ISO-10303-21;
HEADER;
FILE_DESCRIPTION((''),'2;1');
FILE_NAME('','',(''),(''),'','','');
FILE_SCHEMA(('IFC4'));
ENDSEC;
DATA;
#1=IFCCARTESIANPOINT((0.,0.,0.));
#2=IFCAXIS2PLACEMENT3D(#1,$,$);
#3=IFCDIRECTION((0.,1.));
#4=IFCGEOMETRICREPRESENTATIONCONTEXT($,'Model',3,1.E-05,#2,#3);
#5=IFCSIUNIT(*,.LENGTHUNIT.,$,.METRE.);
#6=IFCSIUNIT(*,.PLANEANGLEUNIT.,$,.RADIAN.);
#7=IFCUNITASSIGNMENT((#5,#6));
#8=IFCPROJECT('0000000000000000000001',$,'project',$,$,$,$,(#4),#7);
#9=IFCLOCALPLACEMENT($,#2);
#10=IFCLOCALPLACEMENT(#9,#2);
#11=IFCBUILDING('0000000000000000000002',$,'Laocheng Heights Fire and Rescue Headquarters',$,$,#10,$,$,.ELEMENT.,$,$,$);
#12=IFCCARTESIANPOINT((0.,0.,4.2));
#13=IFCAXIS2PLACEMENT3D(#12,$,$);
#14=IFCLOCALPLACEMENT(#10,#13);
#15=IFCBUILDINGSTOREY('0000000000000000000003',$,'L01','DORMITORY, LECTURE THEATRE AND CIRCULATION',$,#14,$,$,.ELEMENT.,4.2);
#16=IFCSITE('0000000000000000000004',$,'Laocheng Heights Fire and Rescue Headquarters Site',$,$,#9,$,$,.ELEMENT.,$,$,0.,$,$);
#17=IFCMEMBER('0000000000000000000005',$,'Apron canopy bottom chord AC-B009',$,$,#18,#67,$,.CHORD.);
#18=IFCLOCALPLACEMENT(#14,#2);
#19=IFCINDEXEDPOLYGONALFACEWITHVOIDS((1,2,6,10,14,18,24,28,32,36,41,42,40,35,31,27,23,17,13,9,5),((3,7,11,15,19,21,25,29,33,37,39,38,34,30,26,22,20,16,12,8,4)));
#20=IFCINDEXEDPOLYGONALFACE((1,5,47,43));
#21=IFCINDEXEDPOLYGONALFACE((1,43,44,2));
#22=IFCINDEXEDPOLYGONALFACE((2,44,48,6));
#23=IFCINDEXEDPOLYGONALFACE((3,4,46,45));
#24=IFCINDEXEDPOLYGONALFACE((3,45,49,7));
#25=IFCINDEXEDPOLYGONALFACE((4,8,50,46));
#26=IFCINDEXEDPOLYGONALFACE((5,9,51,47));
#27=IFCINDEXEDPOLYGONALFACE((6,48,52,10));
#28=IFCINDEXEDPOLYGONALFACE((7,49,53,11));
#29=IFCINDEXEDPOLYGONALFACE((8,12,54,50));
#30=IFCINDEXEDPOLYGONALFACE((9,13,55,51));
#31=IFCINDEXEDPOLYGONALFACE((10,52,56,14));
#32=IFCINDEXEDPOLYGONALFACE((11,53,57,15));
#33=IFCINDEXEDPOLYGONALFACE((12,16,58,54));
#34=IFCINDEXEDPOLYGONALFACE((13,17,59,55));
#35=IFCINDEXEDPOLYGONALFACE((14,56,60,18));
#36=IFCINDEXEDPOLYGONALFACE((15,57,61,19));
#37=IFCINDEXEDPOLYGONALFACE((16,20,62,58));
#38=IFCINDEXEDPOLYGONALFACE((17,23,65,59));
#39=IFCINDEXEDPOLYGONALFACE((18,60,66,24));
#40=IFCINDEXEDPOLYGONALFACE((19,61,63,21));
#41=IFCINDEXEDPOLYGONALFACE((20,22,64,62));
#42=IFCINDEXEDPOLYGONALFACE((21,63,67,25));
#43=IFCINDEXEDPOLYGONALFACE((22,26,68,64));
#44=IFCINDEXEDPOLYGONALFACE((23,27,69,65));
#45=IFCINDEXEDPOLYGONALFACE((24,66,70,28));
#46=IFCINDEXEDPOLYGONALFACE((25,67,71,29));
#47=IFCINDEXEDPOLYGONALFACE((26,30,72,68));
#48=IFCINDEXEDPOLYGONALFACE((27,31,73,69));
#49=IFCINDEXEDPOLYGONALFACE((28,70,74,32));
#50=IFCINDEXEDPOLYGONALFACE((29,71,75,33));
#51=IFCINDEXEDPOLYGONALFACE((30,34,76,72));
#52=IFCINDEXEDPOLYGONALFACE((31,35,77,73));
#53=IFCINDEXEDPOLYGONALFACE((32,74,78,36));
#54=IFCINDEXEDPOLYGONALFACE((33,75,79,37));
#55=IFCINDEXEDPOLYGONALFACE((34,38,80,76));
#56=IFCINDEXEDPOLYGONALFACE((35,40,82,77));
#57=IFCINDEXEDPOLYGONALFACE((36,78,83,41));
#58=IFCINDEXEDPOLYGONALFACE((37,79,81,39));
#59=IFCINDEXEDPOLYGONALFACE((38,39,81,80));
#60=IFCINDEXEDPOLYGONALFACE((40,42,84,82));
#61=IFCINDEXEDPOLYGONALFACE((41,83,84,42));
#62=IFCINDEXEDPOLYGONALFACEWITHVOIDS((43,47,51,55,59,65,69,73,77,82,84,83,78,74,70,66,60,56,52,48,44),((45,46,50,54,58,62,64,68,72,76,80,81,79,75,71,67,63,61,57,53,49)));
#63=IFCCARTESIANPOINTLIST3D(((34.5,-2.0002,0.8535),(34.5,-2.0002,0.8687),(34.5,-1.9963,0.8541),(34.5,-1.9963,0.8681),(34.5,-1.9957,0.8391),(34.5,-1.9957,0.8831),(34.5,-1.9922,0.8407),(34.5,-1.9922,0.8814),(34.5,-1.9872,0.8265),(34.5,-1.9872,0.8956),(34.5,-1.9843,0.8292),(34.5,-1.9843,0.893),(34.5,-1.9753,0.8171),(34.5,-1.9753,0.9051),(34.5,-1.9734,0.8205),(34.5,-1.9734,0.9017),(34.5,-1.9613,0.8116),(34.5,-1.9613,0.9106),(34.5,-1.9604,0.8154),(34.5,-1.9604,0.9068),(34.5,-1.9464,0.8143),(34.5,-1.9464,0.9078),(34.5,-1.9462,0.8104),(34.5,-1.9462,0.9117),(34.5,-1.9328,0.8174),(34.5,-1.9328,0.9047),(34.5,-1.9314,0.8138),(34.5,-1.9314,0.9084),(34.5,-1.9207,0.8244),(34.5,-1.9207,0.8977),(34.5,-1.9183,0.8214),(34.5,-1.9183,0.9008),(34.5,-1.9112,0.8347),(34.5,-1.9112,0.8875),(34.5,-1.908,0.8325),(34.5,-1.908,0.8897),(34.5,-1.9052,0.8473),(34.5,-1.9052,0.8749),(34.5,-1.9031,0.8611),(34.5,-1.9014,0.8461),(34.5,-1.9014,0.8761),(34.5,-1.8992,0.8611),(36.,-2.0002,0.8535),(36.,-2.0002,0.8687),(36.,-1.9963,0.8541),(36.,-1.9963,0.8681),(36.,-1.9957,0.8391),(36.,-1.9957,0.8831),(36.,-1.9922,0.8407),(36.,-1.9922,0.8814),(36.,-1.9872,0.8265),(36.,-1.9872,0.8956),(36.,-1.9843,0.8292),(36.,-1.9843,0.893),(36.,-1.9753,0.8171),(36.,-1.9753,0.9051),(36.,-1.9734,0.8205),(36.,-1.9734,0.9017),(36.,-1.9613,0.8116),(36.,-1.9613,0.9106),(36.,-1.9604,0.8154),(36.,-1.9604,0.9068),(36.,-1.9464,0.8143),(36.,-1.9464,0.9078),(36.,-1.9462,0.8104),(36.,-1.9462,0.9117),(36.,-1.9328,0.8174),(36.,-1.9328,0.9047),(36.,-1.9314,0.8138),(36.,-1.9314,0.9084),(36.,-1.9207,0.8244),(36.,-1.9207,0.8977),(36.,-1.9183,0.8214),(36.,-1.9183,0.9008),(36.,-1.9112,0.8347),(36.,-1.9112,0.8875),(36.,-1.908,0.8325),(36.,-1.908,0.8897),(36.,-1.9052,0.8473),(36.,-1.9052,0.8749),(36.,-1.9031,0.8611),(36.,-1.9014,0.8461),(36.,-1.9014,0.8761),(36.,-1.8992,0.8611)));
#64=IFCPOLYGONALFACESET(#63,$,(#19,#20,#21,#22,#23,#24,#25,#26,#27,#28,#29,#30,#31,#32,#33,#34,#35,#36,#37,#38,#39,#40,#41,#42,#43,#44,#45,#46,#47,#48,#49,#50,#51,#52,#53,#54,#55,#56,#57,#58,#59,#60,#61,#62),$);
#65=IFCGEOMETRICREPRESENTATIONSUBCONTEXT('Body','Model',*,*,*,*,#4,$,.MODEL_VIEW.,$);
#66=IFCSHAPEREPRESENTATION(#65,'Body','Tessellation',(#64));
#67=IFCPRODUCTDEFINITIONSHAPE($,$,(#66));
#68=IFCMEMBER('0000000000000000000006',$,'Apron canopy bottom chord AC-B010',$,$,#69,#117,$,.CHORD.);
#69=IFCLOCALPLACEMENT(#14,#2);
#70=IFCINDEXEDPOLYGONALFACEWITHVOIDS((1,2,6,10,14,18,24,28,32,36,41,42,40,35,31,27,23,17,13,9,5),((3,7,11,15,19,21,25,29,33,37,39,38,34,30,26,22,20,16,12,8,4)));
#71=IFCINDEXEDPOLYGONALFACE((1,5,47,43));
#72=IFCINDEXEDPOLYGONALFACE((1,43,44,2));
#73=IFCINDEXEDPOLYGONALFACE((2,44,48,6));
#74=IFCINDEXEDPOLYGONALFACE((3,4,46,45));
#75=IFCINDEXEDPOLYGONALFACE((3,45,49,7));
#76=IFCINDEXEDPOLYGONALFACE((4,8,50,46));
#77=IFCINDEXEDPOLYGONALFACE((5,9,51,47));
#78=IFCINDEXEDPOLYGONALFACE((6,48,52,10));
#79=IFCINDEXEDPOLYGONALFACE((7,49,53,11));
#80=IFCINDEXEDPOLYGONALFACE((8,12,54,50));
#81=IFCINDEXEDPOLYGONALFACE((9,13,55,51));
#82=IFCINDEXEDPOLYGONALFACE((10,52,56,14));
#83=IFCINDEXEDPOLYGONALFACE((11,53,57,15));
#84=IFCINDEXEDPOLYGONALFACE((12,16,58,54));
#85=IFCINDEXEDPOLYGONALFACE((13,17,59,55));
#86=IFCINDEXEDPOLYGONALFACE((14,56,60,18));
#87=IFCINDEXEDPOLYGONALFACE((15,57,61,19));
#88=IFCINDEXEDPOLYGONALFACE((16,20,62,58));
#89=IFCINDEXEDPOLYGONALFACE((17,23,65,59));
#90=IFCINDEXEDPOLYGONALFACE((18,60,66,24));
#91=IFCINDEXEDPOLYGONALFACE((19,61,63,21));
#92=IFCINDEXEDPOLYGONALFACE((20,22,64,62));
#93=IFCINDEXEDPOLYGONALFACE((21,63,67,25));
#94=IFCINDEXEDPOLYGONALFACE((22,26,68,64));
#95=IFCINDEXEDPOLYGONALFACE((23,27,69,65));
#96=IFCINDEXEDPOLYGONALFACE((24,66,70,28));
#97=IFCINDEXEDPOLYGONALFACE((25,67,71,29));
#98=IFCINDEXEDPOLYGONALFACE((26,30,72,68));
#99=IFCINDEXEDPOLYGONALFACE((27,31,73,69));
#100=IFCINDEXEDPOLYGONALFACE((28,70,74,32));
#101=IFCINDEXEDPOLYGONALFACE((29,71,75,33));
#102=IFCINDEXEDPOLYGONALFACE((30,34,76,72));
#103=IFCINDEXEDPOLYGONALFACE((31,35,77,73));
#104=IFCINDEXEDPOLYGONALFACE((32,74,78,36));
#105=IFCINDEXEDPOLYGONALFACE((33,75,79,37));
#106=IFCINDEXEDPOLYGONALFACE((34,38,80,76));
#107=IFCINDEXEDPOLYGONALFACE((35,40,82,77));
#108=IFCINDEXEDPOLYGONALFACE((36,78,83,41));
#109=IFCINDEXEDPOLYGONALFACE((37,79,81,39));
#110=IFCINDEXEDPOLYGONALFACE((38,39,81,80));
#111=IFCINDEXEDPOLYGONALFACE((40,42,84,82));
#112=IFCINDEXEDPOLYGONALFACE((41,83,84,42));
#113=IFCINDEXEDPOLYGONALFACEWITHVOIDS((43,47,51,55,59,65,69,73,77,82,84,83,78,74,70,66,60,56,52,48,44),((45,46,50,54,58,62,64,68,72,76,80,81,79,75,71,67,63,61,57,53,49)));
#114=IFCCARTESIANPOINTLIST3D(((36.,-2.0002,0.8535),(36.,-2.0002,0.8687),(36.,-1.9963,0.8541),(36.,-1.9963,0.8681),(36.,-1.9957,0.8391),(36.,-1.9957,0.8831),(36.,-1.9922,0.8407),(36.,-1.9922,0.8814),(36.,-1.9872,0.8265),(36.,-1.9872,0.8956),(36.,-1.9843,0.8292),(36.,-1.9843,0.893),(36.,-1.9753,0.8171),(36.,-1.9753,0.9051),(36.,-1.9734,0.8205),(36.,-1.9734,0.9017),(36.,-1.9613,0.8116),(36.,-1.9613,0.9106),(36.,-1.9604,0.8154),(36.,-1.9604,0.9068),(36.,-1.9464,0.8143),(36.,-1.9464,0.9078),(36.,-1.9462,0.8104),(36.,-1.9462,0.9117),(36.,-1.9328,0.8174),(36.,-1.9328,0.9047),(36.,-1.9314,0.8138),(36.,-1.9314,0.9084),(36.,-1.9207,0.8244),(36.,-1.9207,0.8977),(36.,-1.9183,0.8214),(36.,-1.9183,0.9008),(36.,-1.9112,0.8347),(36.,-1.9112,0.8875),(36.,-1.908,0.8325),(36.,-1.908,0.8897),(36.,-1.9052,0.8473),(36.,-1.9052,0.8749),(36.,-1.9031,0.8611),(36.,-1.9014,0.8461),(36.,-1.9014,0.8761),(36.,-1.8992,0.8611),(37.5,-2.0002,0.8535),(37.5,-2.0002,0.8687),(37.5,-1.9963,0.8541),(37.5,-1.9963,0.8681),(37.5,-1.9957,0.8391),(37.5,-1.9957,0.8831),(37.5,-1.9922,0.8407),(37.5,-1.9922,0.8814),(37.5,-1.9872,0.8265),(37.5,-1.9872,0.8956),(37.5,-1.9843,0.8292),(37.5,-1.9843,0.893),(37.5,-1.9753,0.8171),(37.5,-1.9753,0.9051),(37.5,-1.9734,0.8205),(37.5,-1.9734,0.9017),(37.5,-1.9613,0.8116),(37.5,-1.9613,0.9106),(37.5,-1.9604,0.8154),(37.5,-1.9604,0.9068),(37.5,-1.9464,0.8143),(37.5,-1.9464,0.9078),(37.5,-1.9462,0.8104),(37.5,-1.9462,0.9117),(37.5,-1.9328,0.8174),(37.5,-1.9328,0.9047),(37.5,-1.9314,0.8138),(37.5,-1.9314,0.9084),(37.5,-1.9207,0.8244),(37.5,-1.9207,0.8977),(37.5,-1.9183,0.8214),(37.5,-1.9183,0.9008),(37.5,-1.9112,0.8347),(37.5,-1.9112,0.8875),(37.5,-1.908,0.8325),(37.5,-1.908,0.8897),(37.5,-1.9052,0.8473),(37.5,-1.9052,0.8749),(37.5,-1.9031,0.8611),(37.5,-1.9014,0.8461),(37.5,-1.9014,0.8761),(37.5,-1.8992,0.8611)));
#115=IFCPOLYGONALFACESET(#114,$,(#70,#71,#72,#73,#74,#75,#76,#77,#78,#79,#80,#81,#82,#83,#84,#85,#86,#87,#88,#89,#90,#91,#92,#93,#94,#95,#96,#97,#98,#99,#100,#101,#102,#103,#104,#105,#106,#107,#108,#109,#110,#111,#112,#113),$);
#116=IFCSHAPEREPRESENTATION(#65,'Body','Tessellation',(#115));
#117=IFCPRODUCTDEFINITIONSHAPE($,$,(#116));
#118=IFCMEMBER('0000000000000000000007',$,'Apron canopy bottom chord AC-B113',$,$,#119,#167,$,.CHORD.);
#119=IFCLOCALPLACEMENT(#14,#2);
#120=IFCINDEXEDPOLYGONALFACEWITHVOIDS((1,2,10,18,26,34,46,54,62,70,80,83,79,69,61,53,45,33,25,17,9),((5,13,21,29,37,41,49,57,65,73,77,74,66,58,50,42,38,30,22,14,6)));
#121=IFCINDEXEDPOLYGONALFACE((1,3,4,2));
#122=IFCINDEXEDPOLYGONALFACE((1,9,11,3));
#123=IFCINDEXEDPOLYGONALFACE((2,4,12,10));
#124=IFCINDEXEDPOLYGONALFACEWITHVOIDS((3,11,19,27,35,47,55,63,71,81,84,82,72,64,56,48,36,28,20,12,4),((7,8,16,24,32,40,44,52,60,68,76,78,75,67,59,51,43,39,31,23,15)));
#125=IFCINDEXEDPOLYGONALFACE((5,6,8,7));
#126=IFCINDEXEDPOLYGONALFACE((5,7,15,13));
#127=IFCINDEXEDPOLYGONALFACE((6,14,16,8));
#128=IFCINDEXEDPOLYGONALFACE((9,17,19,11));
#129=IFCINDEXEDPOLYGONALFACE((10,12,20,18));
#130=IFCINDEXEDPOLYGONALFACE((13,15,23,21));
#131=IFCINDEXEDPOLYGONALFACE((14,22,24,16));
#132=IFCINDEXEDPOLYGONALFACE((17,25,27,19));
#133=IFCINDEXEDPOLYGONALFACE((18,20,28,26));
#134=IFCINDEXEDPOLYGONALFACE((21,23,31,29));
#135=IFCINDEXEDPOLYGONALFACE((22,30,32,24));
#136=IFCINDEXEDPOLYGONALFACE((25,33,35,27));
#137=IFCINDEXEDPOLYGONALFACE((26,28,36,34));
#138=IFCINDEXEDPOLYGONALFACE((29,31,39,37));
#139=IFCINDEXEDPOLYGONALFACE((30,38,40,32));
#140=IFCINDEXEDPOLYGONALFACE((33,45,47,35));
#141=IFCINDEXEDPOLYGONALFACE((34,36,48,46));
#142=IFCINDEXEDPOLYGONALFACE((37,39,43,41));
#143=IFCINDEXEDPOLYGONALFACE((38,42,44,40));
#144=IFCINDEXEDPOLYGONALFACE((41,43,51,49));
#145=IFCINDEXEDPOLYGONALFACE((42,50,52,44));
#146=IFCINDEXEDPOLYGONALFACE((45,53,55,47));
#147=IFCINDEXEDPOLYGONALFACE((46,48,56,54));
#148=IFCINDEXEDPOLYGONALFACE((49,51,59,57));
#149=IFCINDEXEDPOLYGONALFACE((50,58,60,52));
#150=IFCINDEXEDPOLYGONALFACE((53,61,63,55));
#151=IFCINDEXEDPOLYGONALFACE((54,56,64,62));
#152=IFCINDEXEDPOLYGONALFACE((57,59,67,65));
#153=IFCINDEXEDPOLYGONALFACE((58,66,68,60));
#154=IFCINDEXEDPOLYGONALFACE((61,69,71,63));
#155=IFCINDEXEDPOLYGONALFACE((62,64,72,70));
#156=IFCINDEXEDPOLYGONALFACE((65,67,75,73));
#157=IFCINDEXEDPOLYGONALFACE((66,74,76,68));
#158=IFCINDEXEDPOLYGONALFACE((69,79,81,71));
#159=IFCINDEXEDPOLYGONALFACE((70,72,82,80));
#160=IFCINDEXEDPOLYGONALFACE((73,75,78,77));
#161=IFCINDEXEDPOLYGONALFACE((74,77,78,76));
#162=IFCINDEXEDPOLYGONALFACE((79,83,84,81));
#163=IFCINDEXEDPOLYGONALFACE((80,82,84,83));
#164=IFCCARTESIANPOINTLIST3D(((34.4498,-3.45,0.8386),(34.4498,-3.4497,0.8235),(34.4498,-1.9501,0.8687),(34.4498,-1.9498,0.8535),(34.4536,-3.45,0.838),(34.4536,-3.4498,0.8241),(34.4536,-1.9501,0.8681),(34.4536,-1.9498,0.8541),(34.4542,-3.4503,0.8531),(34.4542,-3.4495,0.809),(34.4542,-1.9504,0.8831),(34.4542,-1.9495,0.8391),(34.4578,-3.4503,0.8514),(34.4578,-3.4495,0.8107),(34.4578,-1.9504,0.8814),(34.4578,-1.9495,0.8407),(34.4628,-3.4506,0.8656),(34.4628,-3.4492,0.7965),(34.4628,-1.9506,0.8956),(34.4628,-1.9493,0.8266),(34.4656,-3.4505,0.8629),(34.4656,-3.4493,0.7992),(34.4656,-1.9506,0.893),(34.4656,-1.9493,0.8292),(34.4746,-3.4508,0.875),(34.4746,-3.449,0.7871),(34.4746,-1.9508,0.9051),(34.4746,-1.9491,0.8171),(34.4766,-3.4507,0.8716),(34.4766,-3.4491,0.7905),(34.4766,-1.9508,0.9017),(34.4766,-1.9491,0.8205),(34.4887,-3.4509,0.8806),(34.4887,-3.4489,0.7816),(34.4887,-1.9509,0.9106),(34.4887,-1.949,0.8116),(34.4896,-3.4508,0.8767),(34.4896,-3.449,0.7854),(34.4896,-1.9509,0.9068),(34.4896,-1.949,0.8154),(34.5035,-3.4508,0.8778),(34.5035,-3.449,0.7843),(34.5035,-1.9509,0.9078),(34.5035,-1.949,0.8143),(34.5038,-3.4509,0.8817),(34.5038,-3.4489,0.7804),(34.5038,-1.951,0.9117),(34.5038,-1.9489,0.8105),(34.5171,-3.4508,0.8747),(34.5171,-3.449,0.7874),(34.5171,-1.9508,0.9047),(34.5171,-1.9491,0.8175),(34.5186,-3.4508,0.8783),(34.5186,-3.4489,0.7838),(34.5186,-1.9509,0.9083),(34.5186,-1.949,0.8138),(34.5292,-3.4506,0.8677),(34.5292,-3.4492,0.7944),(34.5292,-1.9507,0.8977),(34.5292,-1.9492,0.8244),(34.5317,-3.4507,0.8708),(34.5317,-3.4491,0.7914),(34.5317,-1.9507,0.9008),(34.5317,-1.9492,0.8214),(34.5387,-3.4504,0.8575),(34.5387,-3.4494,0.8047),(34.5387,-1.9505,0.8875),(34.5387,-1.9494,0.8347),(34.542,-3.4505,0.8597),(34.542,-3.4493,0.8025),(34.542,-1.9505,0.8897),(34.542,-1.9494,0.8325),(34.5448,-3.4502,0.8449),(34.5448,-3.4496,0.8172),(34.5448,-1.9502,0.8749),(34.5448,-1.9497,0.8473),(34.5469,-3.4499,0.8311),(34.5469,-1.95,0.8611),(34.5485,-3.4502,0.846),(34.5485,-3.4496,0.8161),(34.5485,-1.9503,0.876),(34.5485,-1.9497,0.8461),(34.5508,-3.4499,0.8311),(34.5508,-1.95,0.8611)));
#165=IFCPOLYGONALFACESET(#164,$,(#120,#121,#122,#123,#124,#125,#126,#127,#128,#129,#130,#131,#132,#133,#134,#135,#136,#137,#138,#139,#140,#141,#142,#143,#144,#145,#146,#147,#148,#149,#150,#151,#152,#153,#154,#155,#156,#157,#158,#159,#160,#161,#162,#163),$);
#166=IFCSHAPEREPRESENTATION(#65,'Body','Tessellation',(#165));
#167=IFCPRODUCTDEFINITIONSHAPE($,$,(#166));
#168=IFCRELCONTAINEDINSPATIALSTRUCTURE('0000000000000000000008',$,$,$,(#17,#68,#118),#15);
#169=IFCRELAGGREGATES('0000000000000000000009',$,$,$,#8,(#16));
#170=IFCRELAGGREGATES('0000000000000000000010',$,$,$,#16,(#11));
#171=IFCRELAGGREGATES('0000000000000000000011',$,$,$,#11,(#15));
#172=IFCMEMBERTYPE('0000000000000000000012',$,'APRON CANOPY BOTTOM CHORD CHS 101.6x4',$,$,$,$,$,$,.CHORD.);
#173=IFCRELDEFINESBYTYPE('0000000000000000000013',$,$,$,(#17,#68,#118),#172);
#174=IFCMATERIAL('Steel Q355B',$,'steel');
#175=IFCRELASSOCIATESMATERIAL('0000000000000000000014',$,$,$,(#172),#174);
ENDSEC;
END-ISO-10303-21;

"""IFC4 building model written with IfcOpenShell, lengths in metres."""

from ifc_helpers import new_model, si_unit, direction, frame, origin, origin_2d, place, context, subcontext, project, spatial, hollow_circle, extrude, material, material_profile, profile_set, type_object, element, save


model = new_model("IFC4")

# Units and contexts
model_context = context("Model", 3, precision=1e-05, world=origin(), true_north=direction((0.0, 1.0)))
body_context = subcontext(model_context, "Body", "Model", "MODEL_VIEW")
ifc_project = project(units=[si_unit("LENGTHUNIT", "METRE"), si_unit("PLANEANGLEUNIT", "RADIAN")], contexts=[model_context])

# Site, building, storey
site_placement = place(None, origin())
site = spatial("IfcSite", under=ifc_project, at=site_placement, Name="Laocheng Heights Fire and Rescue Headquarters Site", CompositionType="ELEMENT", RefElevation=0.0)
building_placement = place(site_placement, origin())
building = spatial("IfcBuilding", under=site, at=building_placement, Name="Laocheng Heights Fire and Rescue Headquarters", CompositionType="ELEMENT")
storey_placement = place(building_placement, frame((0.0, 0.0, 4.2)))
storey = spatial("IfcBuildingStorey", under=building, at=storey_placement, Name="L01", Description="DORMITORY, LECTURE THEATRE AND CIRCULATION", CompositionType="ELEMENT", Elevation=4.2)

# Members
ifc_material_1 = material(Name="Steel Q355B", Category="steel")
ifc_material_profile_1 = material_profile(ifc_material_1, hollow_circle(Radius=0.0508, WallThickness=0.0039, at=origin_2d()), Name="CHS 101.6x4")
ifc_profile_set_1 = profile_set([ifc_material_profile_1], Name="Steel Q355B")
member_type_1 = type_object("IfcMemberType", Name="APRON CANOPY BOTTOM CHORD CHS 101.6x4", PredefinedType="CHORD", material=ifc_profile_set_1)
for number, where, z_axis, x_axis, name in (
    (1, (34.5, -1.95, 0.8611), (1.0, 0.0, 0.0), (0.0, 1.0, 0.0), "Apron canopy bottom chord AC-B009"),
    (2, (36.0, -1.95, 0.8611), (1.0, 0.0, 0.0), (0.0, 1.0, 0.0), "Apron canopy bottom chord AC-B010"),
):
    element("IfcMember", number, at=place(storey_placement, frame(where, z_axis=z_axis, x_axis=x_axis)), inside=storey, type_object=member_type_1, Name=name, PredefinedType="CHORD", context=body_context, shape_type="SweptSolid", body=[
        extrude(hollow_circle(Radius=0.0508, WallThickness=0.0039, at=origin_2d()), origin(), (0.0, 0.0, 1.0), 1.5),
    ])
for number, where, z_axis, x_axis, name in (
    (3, (34.5, -1.95, 0.8611), (0.0, -0.9998, -0.020016), (1.0, 0.0, 0.0), "Apron canopy bottom chord AC-B113"),
):
    element("IfcMember", number, at=place(storey_placement, frame(where, z_axis=z_axis, x_axis=x_axis)), inside=storey, type_object=member_type_1, Name=name, PredefinedType="CHORD", context=body_context, shape_type="SweptSolid", body=[
        extrude(hollow_circle(Radius=0.0508, WallThickness=0.0039, at=origin_2d()), origin(), (0.0, 0.0, 1.0), 1.5002),
    ])

save(model, "model.ifc")
